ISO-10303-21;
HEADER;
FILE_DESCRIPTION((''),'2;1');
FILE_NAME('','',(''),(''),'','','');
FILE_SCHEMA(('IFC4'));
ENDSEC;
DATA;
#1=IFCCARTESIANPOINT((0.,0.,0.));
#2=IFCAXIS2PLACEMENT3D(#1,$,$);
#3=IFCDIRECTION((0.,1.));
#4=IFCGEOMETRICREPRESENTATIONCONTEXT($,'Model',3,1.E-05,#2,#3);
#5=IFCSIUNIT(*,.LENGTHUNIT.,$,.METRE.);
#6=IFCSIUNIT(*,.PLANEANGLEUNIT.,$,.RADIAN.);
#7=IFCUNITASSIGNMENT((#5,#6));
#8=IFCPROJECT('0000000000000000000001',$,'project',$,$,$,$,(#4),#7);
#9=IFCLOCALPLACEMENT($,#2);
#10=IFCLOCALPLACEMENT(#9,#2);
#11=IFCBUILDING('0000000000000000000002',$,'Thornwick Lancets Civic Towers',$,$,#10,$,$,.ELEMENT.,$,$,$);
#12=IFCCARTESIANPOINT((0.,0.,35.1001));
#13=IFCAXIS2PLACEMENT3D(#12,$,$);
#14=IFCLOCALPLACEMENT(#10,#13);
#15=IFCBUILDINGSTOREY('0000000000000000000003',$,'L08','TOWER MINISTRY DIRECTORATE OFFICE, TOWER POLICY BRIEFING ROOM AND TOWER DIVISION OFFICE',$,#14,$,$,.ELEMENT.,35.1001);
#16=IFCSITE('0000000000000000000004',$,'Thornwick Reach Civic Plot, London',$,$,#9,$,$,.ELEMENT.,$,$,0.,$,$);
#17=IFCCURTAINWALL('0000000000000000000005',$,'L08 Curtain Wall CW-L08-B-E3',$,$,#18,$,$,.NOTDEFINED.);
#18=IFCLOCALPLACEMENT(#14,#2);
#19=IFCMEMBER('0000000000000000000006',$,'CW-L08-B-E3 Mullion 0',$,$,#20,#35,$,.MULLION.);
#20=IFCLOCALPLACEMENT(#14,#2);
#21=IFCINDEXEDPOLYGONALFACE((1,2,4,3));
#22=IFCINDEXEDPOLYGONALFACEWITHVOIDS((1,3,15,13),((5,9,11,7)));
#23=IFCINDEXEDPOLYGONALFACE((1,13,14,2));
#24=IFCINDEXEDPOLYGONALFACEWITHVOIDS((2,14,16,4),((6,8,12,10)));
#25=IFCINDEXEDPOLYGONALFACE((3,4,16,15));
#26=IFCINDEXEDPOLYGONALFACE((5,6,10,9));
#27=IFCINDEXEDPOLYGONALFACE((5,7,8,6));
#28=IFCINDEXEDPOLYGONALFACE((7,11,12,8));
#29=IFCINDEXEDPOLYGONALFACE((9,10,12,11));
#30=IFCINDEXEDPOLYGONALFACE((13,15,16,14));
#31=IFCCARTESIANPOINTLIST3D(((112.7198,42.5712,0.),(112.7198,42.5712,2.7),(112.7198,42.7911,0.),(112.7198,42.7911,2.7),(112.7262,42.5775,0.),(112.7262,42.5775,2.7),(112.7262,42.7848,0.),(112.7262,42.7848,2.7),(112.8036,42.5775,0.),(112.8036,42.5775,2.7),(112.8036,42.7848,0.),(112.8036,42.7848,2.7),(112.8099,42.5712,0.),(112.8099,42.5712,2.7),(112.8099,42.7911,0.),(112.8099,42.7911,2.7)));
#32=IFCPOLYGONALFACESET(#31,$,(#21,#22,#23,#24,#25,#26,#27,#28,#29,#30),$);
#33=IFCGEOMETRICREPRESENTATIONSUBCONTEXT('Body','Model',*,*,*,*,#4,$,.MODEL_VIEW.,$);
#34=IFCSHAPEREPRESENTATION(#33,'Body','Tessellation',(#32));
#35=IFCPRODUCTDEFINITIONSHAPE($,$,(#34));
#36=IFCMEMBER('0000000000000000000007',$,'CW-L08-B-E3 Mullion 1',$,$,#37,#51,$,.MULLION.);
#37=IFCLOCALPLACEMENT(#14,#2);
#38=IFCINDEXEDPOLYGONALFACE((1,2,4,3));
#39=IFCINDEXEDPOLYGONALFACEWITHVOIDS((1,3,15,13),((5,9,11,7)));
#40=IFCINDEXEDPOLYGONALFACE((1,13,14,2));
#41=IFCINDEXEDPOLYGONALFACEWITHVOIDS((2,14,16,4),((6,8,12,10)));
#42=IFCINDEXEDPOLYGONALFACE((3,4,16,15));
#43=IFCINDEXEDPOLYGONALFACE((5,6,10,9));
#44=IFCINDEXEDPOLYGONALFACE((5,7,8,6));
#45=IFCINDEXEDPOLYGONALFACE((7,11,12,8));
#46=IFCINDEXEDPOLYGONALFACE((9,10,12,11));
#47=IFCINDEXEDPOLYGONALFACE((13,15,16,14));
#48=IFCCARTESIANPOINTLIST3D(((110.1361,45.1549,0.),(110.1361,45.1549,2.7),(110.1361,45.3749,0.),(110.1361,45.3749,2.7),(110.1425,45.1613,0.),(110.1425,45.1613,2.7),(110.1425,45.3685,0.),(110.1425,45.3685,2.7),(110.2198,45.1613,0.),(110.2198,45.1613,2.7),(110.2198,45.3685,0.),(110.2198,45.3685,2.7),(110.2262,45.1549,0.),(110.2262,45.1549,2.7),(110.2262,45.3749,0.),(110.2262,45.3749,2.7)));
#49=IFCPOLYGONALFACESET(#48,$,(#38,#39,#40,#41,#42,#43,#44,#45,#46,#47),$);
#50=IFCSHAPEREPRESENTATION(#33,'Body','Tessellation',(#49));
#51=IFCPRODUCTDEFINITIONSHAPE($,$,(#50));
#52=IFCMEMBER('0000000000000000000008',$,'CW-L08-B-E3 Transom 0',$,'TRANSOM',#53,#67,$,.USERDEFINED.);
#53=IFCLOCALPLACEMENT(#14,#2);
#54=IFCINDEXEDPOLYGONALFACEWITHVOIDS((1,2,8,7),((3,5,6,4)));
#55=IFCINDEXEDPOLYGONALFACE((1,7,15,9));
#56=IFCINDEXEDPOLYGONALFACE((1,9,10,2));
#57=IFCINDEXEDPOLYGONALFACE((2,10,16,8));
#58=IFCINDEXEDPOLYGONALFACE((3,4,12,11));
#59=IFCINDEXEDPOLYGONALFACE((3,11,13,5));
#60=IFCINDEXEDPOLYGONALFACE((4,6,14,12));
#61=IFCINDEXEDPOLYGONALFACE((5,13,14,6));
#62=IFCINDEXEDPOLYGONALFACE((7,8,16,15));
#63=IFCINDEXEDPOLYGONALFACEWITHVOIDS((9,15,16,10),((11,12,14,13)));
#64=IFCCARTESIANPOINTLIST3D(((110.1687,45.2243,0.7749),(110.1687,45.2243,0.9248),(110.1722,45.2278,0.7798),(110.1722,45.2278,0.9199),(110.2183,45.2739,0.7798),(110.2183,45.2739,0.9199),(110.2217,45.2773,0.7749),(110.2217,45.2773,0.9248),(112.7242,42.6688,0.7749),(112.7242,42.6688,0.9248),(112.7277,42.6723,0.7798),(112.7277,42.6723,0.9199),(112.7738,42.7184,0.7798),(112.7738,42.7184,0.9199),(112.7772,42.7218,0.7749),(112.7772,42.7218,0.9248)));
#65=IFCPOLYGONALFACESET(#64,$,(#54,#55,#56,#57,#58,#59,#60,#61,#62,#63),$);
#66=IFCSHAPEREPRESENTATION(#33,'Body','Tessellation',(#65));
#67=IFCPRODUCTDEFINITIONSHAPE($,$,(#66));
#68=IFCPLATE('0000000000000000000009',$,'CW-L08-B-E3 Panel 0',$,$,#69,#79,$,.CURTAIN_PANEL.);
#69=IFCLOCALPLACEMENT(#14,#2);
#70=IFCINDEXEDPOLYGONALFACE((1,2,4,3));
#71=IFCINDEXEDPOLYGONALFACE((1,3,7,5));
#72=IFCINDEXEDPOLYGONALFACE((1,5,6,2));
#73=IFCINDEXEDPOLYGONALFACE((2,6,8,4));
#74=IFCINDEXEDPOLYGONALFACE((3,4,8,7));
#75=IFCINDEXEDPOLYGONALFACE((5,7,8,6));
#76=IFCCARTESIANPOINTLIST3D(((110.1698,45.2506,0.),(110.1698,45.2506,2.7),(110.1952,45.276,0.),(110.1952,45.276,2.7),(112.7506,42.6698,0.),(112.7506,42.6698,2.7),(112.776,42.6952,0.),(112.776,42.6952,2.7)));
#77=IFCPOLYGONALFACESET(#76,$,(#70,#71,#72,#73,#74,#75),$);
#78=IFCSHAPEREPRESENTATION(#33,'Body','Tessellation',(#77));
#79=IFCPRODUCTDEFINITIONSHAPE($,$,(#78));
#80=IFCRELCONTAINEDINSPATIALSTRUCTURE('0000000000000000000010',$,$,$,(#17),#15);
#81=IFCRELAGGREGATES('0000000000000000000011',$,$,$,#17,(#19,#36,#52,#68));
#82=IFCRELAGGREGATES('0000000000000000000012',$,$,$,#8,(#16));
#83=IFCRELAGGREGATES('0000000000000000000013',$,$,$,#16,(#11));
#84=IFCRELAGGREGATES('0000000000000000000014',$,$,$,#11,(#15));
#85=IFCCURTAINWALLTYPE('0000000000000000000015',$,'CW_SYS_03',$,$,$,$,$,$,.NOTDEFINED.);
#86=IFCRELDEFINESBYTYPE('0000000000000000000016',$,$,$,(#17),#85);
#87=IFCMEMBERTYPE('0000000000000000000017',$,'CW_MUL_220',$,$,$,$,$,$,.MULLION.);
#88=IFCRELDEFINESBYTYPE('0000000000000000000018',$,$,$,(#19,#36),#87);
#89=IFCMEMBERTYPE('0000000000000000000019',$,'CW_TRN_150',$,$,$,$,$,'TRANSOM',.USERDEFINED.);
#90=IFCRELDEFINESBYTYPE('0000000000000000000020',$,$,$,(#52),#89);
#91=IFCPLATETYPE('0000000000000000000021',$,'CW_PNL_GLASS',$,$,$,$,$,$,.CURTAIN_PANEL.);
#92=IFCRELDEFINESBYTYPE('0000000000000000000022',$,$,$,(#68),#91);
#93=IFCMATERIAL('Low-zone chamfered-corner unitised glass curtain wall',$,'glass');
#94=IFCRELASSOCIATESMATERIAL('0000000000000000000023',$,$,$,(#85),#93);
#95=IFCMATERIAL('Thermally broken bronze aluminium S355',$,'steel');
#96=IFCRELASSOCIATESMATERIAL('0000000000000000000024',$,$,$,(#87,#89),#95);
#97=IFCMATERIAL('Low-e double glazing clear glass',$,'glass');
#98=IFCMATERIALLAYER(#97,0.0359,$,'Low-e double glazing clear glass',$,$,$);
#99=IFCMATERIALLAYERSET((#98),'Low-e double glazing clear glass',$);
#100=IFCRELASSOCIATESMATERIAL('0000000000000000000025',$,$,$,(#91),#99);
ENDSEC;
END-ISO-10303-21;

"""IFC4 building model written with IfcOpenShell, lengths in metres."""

from ifc_helpers import new_model, si_unit, direction, frame, origin, origin_2d, place, context, subcontext, project, spatial, rectangle, hollow_rectangle, extrude, material, layer, layer_set, material_profile, profile_set, type_object, element, aggregate, save


model = new_model("IFC4")

# Units and contexts
model_context = context("Model", 3, precision=1e-05, world=origin(), true_north=direction((0.0, 1.0)))
body_context = subcontext(model_context, "Body", "Model", "MODEL_VIEW")
ifc_project = project(units=[si_unit("LENGTHUNIT", "METRE"), si_unit("PLANEANGLEUNIT", "RADIAN")], contexts=[model_context])

# Site, building, storey
site_placement = place(None, origin())
site = spatial("IfcSite", under=ifc_project, at=site_placement, Name="Thornwick Reach Civic Plot, London", CompositionType="ELEMENT", RefElevation=0.0)
building_placement = place(site_placement, origin())
building = spatial("IfcBuilding", under=site, at=building_placement, Name="Thornwick Lancets Civic Towers", CompositionType="ELEMENT")
storey_placement = place(building_placement, frame((0.0, 0.0, 35.1001)))
storey = spatial("IfcBuildingStorey", under=building, at=storey_placement, Name="L08", Description="TOWER MINISTRY DIRECTORATE OFFICE, TOWER POLICY BRIEFING ROOM AND TOWER DIVISION OFFICE", CompositionType="ELEMENT", Elevation=35.1001)

# Curtain wall, members, plate
ifc_material_1 = material(Name="Low-zone chamfered-corner unitised glass curtain wall", Category="glass")
curtain_wall_type = type_object("IfcCurtainWallType", Name="CW_SYS_03", PredefinedType="NOTDEFINED", material=ifc_material_1)
curtain_wall_placement = place(storey_placement, origin())
curtain_wall = element("IfcCurtainWall", 1, at=curtain_wall_placement, inside=storey, type_object=curtain_wall_type, Name="L08 Curtain Wall CW-L08-B-E3", PredefinedType="NOTDEFINED")
ifc_material_2 = material(Name="Thermally broken bronze aluminium S355", Category="steel")
ifc_material_profile_1 = material_profile(ifc_material_2, hollow_rectangle(XDim=0.0901, YDim=0.22, WallThickness=0.0063, at=origin_2d()), Name="RHS 220x90x6.3")
ifc_profile_set_1 = profile_set([ifc_material_profile_1], Name="Thermally broken bronze aluminium S355")
member_type_1 = type_object("IfcMemberType", Name="CW_MUL_220", PredefinedType="MULLION", material=ifc_profile_set_1)
member_1_placement = place(storey_placement, frame((112.7649, 42.6812, 0.0), z_axis=(0.0, 0.0, 1.0), x_axis=(1.0, 0.0, 0.0)))
member_1 = element("IfcMember", 2, at=member_1_placement, type_object=member_type_1, Name="CW-L08-B-E3 Mullion 0", PredefinedType="MULLION", context=body_context, shape_type="SweptSolid", body=[
    extrude(hollow_rectangle(XDim=0.0901, YDim=0.22, WallThickness=0.0063, at=origin_2d()), origin(), (0.0, 0.0, 1.0), 2.7),
])
member_2_placement = place(storey_placement, frame((110.1812, 45.2649, 0.0), z_axis=(0.0, 0.0, 1.0), x_axis=(1.0, 0.0, 0.0)))
member_2 = element("IfcMember", 3, at=member_2_placement, type_object=member_type_1, Name="CW-L08-B-E3 Mullion 1", PredefinedType="MULLION", context=body_context, shape_type="SweptSolid", body=[
    extrude(hollow_rectangle(XDim=0.0901, YDim=0.22, WallThickness=0.0063, at=origin_2d()), origin(), (0.0, 0.0, 1.0), 2.7),
])
ifc_material_profile_2 = material_profile(ifc_material_2, hollow_rectangle(XDim=0.075, YDim=0.1499, WallThickness=0.0049, at=origin_2d()), Name="RHS 150x75x5")
ifc_profile_set_2 = profile_set([ifc_material_profile_2], Name="Thermally broken bronze aluminium S355")
member_type_2 = type_object("IfcMemberType", Name="CW_TRN_150", ElementType="TRANSOM", PredefinedType="USERDEFINED", material=ifc_profile_set_2)
member_3_placement = place(storey_placement, frame((112.7507, 42.6953, 0.8499), z_axis=(-0.707107, 0.707107, 0.0), x_axis=(-0.707107, -0.707107, 0.0)))
member_3 = element("IfcMember", 4, at=member_3_placement, type_object=member_type_2, Name="CW-L08-B-E3 Transom 0", ObjectType="TRANSOM", PredefinedType="USERDEFINED", context=body_context, shape_type="SweptSolid", body=[
    extrude(hollow_rectangle(XDim=0.075, YDim=0.1499, WallThickness=0.0049, at=origin_2d()), origin(), (0.0, 0.0, 1.0), 3.614),
])
ifc_material_3 = material(Name="Low-e double glazing clear glass", Category="glass")
ifc_layer_1 = layer(ifc_material_3, 0.0359, Name="Low-e double glazing clear glass")
ifc_layer_set_1 = layer_set([ifc_layer_1], Name="Low-e double glazing clear glass")
plate_type = type_object("IfcPlateType", Name="CW_PNL_GLASS", PredefinedType="CURTAIN_PANEL", material=ifc_layer_set_1)
plate_placement = place(storey_placement, frame((111.4729, 43.9729, 0.0), z_axis=(0.0, 0.0, 1.0), x_axis=(-0.707107, 0.707107, 0.0)))
plate = element("IfcPlate", 5, at=plate_placement, type_object=plate_type, Name="CW-L08-B-E3 Panel 0", PredefinedType="CURTAIN_PANEL", context=body_context, shape_type="SweptSolid", body=[
    extrude(rectangle(XDim=3.6499, YDim=0.0359, at=origin_2d()), origin(), (0.0, 0.0, 1.0), 2.7),
])
aggregate(curtain_wall, [member_1, member_2, member_3, plate])

save(model, "model.ifc")
